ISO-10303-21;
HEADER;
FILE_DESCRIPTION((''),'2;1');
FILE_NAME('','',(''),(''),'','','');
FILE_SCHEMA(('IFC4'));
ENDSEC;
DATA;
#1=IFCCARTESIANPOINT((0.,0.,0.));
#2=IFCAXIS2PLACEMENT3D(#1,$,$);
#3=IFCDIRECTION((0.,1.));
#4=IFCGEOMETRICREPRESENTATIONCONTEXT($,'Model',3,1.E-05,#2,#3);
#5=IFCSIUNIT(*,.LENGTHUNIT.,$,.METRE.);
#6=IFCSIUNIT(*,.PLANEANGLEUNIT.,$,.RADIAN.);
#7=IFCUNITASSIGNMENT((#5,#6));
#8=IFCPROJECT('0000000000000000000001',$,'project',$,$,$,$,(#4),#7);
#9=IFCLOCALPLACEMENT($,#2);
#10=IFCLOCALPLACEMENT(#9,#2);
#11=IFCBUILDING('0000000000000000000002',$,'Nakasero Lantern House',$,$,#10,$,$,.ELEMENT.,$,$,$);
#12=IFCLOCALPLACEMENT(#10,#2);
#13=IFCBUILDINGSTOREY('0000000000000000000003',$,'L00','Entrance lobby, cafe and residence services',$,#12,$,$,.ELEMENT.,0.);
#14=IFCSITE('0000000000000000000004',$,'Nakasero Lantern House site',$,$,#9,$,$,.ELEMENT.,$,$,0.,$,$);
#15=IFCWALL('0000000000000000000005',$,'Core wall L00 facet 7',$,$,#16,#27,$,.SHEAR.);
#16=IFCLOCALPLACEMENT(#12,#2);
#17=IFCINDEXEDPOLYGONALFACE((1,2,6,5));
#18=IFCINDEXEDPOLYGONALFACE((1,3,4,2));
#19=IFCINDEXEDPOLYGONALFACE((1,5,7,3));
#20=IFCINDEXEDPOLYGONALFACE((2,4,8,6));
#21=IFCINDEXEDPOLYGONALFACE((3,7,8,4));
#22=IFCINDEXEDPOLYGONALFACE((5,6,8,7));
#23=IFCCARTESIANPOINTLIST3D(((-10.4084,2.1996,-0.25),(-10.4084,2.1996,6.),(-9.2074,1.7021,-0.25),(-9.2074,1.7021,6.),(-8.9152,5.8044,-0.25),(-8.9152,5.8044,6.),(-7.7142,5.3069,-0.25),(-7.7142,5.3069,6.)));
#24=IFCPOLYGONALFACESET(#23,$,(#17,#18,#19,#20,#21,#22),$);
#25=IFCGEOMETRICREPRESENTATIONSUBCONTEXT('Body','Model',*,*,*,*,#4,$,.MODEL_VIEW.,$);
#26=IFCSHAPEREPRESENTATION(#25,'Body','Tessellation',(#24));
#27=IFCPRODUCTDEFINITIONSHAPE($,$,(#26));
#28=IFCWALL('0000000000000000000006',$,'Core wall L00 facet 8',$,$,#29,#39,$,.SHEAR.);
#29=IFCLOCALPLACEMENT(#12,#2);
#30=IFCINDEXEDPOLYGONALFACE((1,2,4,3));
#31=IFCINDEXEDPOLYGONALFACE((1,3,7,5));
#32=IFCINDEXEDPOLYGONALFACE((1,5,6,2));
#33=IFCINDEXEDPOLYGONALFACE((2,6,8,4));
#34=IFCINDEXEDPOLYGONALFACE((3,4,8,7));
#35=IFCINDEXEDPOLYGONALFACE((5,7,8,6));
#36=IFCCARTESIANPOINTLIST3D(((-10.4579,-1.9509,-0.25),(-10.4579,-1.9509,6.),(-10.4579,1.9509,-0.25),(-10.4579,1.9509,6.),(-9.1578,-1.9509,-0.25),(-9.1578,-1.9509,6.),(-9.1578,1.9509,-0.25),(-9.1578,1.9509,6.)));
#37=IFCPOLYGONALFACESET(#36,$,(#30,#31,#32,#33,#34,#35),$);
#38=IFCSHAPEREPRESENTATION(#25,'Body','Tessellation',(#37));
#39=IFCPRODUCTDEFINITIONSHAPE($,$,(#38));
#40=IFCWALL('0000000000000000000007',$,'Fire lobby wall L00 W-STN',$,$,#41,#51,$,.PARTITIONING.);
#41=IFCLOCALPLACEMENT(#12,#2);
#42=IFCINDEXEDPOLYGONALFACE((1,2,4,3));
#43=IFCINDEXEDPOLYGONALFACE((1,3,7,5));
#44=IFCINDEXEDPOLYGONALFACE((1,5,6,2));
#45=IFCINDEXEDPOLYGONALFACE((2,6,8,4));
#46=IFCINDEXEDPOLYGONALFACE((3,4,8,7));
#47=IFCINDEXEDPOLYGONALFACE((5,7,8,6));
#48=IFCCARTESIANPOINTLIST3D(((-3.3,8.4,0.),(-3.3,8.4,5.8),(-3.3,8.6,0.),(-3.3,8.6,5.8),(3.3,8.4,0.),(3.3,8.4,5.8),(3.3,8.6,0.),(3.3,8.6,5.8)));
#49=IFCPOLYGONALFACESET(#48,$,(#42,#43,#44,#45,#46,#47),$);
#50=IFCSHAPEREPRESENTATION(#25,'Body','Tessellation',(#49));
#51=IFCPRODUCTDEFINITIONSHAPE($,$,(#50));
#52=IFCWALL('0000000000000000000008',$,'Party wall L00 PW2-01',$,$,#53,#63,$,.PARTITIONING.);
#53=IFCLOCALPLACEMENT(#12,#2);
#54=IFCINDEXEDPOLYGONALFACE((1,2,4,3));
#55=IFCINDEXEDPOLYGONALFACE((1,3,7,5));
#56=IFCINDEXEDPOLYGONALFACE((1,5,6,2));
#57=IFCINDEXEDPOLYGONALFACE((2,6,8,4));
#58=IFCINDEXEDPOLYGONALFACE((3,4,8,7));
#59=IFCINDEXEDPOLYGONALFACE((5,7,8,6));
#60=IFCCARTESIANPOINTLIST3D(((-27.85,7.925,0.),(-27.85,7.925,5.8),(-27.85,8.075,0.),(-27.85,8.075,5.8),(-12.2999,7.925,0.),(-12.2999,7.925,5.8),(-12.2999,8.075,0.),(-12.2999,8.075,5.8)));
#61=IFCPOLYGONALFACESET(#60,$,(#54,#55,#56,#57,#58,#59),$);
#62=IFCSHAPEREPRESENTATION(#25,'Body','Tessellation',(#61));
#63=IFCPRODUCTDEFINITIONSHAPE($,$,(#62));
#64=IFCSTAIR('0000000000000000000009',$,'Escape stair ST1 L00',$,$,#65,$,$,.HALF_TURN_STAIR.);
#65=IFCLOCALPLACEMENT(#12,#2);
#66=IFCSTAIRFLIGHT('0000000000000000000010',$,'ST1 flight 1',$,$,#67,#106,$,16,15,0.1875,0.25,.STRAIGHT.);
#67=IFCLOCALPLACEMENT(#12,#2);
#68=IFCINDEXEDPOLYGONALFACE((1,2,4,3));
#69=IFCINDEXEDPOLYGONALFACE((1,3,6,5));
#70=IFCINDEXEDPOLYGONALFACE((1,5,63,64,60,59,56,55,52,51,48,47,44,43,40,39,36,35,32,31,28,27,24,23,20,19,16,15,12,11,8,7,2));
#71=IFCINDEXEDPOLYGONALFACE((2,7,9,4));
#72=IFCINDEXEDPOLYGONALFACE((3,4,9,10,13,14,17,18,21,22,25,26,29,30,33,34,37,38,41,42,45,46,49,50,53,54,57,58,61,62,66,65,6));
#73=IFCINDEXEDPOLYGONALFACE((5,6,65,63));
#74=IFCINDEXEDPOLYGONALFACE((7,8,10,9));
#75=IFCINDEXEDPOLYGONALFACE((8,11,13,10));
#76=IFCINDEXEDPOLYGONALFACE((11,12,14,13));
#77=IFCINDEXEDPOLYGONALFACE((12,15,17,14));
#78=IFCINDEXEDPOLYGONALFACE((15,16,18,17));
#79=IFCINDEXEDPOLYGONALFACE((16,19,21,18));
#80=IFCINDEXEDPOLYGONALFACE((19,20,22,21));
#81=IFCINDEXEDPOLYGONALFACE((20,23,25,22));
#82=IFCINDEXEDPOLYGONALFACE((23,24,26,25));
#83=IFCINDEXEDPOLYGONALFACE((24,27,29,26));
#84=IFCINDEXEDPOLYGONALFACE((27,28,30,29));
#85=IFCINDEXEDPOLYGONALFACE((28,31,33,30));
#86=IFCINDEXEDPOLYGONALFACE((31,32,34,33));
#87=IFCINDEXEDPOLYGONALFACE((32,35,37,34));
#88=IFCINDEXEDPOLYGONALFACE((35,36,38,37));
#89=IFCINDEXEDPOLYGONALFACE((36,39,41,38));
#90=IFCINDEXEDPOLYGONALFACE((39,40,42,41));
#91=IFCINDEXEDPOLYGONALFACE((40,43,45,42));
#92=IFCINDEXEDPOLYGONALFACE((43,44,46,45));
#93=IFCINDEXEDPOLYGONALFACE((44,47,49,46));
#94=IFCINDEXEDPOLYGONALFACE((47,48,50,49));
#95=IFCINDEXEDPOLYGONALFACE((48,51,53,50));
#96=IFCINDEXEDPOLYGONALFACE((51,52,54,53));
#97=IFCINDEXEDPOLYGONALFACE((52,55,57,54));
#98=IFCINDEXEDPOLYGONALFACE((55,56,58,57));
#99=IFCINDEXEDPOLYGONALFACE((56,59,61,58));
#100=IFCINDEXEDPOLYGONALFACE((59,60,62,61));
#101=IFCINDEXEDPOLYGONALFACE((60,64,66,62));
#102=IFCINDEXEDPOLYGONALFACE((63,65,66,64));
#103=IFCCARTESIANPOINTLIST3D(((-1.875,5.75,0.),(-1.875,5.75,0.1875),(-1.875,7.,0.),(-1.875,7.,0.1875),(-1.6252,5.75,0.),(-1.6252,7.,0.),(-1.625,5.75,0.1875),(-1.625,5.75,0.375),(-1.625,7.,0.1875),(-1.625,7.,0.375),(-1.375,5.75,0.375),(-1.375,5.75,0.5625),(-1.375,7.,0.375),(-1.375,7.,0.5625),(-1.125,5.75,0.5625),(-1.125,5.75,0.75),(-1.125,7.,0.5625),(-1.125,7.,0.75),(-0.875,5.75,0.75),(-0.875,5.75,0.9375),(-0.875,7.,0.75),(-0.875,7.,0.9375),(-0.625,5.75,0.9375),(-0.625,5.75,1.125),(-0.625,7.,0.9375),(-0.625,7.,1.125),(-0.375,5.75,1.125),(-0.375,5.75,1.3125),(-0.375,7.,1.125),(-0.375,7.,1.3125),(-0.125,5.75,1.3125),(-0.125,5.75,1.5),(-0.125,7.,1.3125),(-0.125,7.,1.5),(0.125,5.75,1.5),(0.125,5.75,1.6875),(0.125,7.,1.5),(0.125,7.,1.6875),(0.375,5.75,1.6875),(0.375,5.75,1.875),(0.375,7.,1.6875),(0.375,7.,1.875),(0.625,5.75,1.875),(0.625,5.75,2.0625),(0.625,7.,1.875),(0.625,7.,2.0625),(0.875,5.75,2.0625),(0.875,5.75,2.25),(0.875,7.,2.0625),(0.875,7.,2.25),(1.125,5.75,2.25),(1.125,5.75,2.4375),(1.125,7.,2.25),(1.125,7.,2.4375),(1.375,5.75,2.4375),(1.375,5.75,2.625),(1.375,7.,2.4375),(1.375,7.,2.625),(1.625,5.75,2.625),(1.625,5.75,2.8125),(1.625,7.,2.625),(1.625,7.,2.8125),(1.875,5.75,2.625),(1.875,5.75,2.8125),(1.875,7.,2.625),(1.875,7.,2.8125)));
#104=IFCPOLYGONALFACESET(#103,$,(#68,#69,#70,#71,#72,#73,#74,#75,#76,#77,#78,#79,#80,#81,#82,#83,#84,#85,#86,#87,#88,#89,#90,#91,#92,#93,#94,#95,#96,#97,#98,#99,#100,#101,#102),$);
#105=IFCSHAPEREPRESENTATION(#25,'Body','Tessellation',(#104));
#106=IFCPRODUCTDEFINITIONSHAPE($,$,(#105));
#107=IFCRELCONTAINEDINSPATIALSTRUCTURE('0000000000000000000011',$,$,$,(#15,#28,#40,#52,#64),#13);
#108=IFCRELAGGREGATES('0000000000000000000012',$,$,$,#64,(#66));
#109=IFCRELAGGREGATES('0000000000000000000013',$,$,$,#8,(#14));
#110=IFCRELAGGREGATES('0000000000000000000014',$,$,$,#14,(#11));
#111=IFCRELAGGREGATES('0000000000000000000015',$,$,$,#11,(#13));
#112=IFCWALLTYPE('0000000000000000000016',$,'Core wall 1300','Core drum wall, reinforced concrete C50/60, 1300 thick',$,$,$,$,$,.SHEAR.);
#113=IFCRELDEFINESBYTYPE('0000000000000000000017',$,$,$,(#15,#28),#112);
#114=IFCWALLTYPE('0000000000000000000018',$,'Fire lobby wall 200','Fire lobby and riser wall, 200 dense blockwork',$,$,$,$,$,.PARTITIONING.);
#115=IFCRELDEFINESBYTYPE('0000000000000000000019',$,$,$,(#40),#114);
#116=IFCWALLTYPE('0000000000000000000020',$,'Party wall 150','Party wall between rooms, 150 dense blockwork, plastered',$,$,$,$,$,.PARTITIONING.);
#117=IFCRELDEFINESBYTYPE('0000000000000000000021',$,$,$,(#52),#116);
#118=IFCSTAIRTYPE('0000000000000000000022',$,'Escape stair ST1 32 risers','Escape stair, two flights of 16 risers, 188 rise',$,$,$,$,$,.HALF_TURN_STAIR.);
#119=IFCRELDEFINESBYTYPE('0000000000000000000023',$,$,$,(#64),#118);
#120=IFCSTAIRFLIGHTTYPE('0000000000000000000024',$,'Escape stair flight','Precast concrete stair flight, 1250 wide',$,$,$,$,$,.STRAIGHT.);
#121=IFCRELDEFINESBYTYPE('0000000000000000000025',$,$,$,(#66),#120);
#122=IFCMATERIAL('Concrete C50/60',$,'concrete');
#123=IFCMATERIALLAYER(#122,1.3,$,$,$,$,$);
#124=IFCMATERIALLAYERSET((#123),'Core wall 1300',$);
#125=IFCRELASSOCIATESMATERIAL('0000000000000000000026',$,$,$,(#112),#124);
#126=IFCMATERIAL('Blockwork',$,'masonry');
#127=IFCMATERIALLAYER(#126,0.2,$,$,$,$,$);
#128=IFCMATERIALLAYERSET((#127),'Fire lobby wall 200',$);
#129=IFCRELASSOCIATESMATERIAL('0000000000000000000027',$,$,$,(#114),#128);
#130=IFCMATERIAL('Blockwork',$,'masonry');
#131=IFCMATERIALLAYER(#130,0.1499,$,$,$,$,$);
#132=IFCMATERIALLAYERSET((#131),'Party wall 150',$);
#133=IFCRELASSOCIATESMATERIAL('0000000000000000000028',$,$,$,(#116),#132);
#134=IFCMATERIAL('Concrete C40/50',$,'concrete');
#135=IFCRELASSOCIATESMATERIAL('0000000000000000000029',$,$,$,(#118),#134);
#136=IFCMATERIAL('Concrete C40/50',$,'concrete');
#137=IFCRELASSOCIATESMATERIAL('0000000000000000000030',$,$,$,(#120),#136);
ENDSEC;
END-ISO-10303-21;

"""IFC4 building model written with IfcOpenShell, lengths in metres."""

from ifc_helpers import new_model, si_unit, direction, frame, frame_2d, origin, place, context, subcontext, project, spatial, polyline, rectangle, outline, extrude, material, layer, layer_set, type_object, element, aggregate, save


model = new_model("IFC4")

# Units and contexts
model_context = context("Model", 3, precision=1e-05, world=origin(), true_north=direction((0.0, 1.0)))
body_context = subcontext(model_context, "Body", "Model", "MODEL_VIEW")
ifc_project = project(units=[si_unit("LENGTHUNIT", "METRE"), si_unit("PLANEANGLEUNIT", "RADIAN")], contexts=[model_context])

# Site, building, storey
site_placement = place(None, origin())
site = spatial("IfcSite", under=ifc_project, at=site_placement, Name="Nakasero Lantern House site", CompositionType="ELEMENT", RefElevation=0.0)
building_placement = place(site_placement, origin())
building = spatial("IfcBuilding", under=site, at=building_placement, Name="Nakasero Lantern House", CompositionType="ELEMENT")
storey_placement = place(building_placement, origin())
storey = spatial("IfcBuildingStorey", under=building, at=storey_placement, Name="L00", Description="Entrance lobby, cafe and residence services", CompositionType="ELEMENT", Elevation=0.0)

# Shared definitions
ifc_material_1 = material(Name="Concrete C50/60", Category="concrete")
ifc_layer_1 = layer(ifc_material_1, 1.3)
ifc_layer_set_1 = layer_set([ifc_layer_1], Name="Core wall 1300")
wall_type_1 = type_object("IfcWallType", Name="Core wall 1300", Description="Core drum wall, reinforced concrete C50/60, 1300 thick", PredefinedType="SHEAR", material=ifc_layer_set_1)

# Walls
for number, where, z_axis, x_axis, name in (
    (1, (-8.3147, 5.5557, -0.25), (0.0, 0.0, 1.0), (-0.382691, -0.923877, 0.0), "Core wall L00 facet 7"),
    (2, (-9.8079, 1.9509, -0.25), (0.0, 0.0, 1.0), (0.0, -1.0, 0.0), "Core wall L00 facet 8"),
):
    element("IfcWall", number, at=place(storey_placement, frame(where, z_axis=z_axis, x_axis=x_axis)), inside=storey, type_object=wall_type_1, Name=name, PredefinedType="SHEAR", context=body_context, shape_type="SweptSolid", body=[
        extrude(rectangle(XDim=3.9019, YDim=1.3, at=frame_2d((1.9509, 0.0))), origin(), (0.0, 0.0, 1.0), 6.25),
    ])
ifc_material_2 = material(Name="Blockwork", Category="masonry")
ifc_layer_2 = layer(ifc_material_2, 0.2)
ifc_layer_set_2 = layer_set([ifc_layer_2], Name="Fire lobby wall 200")
wall_type_2 = type_object("IfcWallType", Name="Fire lobby wall 200", Description="Fire lobby and riser wall, 200 dense blockwork", PredefinedType="PARTITIONING", material=ifc_layer_set_2)
wall_1_placement = place(storey_placement, frame((-3.3, 8.5, 0.0), z_axis=(0.0, 0.0, 1.0), x_axis=(1.0, 0.0, 0.0)))
element("IfcWall", 3, at=wall_1_placement, inside=storey, type_object=wall_type_2, Name="Fire lobby wall L00 W-STN", PredefinedType="PARTITIONING", context=body_context, shape_type="SweptSolid", body=[
    extrude(rectangle(XDim=6.6001, YDim=0.2, at=frame_2d((3.3, 0.0))), origin(), (0.0, 0.0, 1.0), 5.8),
])
ifc_material_3 = material(Name="Blockwork", Category="masonry")
ifc_layer_3 = layer(ifc_material_3, 0.1499)
ifc_layer_set_3 = layer_set([ifc_layer_3], Name="Party wall 150")
wall_type_3 = type_object("IfcWallType", Name="Party wall 150", Description="Party wall between rooms, 150 dense blockwork, plastered", PredefinedType="PARTITIONING", material=ifc_layer_set_3)
wall_2_placement = place(storey_placement, frame((-12.3, 8.0, 0.0), z_axis=(0.0, 0.0, 1.0), x_axis=(-1.0, 0.0, 0.0)))
element("IfcWall", 4, at=wall_2_placement, inside=storey, type_object=wall_type_3, Name="Party wall L00 PW2-01", PredefinedType="PARTITIONING", context=body_context, shape_type="SweptSolid", body=[
    extrude(rectangle(XDim=15.55, YDim=0.1499, at=frame_2d((7.7749, 0.0))), origin(), (0.0, 0.0, 1.0), 5.8),
])

# Stair, stair flight
ifc_material_4 = material(Name="Concrete C40/50", Category="concrete")
stair_type = type_object("IfcStairType", Name="Escape stair ST1 32 risers", Description="Escape stair, two flights of 16 risers, 188 rise", PredefinedType="HALF_TURN_STAIR", material=ifc_material_4)
stair_placement = place(storey_placement, origin())
stair = element("IfcStair", 5, at=stair_placement, inside=storey, type_object=stair_type, Name="Escape stair ST1 L00", PredefinedType="HALF_TURN_STAIR")
ifc_material_5 = material(Name="Concrete C40/50", Category="concrete")
stair_flight_type = type_object("IfcStairFlightType", Name="Escape stair flight", Description="Precast concrete stair flight, 1250 wide", PredefinedType="STRAIGHT", material=ifc_material_5)
stair_flight_placement = place(storey_placement, frame((-1.875, 6.375, 0.0), z_axis=(0.0, 0.0, 1.0), x_axis=(1.0, 0.0, 0.0)))
stair_flight = element("IfcStairFlight", 6, at=stair_flight_placement, type_object=stair_flight_type, Name="ST1 flight 1", NumberOfRisers=16, NumberOfTreads=15, PredefinedType="STRAIGHT", RiserHeight=0.1875, TreadLength=0.25, context=body_context, shape_type="SweptSolid", body=[
    extrude(outline(polyline([(0.0, 0.0), (0.0, 0.1875), (0.25, 0.1875), (0.25, 0.375), (0.5, 0.375), (0.5, 0.5625), (0.75, 0.5625), (0.75, 0.75), (1.0, 0.75), (1.0, 0.9375), (1.25, 0.9375), (1.25, 1.125), (1.5, 1.125), (1.5, 1.3125), (1.75, 1.3125), (1.75, 1.5), (2.0, 1.5), (2.0, 1.6875), (2.25, 1.6875), (2.25, 1.875), (2.5, 1.875), (2.5, 2.0625), (2.75, 2.0625), (2.75, 2.25), (3.0, 2.25), (3.0, 2.4375), (3.25, 2.4375), (3.25, 2.625), (3.5, 2.625), (3.5, 2.8125), (3.75, 2.8125), (3.75, 3.0), (3.75, 2.625), (0.2498, 0.0), (0.0, 0.0)])), frame((0.0, 0.625, 0.0), z_axis=(0.0, -1.0, 0.0), x_axis=(1.0, 0.0, 0.0)), (0.0, 0.0, 1.0), 1.25),
])
aggregate(stair, [stair_flight])

save(model, "model.ifc")
